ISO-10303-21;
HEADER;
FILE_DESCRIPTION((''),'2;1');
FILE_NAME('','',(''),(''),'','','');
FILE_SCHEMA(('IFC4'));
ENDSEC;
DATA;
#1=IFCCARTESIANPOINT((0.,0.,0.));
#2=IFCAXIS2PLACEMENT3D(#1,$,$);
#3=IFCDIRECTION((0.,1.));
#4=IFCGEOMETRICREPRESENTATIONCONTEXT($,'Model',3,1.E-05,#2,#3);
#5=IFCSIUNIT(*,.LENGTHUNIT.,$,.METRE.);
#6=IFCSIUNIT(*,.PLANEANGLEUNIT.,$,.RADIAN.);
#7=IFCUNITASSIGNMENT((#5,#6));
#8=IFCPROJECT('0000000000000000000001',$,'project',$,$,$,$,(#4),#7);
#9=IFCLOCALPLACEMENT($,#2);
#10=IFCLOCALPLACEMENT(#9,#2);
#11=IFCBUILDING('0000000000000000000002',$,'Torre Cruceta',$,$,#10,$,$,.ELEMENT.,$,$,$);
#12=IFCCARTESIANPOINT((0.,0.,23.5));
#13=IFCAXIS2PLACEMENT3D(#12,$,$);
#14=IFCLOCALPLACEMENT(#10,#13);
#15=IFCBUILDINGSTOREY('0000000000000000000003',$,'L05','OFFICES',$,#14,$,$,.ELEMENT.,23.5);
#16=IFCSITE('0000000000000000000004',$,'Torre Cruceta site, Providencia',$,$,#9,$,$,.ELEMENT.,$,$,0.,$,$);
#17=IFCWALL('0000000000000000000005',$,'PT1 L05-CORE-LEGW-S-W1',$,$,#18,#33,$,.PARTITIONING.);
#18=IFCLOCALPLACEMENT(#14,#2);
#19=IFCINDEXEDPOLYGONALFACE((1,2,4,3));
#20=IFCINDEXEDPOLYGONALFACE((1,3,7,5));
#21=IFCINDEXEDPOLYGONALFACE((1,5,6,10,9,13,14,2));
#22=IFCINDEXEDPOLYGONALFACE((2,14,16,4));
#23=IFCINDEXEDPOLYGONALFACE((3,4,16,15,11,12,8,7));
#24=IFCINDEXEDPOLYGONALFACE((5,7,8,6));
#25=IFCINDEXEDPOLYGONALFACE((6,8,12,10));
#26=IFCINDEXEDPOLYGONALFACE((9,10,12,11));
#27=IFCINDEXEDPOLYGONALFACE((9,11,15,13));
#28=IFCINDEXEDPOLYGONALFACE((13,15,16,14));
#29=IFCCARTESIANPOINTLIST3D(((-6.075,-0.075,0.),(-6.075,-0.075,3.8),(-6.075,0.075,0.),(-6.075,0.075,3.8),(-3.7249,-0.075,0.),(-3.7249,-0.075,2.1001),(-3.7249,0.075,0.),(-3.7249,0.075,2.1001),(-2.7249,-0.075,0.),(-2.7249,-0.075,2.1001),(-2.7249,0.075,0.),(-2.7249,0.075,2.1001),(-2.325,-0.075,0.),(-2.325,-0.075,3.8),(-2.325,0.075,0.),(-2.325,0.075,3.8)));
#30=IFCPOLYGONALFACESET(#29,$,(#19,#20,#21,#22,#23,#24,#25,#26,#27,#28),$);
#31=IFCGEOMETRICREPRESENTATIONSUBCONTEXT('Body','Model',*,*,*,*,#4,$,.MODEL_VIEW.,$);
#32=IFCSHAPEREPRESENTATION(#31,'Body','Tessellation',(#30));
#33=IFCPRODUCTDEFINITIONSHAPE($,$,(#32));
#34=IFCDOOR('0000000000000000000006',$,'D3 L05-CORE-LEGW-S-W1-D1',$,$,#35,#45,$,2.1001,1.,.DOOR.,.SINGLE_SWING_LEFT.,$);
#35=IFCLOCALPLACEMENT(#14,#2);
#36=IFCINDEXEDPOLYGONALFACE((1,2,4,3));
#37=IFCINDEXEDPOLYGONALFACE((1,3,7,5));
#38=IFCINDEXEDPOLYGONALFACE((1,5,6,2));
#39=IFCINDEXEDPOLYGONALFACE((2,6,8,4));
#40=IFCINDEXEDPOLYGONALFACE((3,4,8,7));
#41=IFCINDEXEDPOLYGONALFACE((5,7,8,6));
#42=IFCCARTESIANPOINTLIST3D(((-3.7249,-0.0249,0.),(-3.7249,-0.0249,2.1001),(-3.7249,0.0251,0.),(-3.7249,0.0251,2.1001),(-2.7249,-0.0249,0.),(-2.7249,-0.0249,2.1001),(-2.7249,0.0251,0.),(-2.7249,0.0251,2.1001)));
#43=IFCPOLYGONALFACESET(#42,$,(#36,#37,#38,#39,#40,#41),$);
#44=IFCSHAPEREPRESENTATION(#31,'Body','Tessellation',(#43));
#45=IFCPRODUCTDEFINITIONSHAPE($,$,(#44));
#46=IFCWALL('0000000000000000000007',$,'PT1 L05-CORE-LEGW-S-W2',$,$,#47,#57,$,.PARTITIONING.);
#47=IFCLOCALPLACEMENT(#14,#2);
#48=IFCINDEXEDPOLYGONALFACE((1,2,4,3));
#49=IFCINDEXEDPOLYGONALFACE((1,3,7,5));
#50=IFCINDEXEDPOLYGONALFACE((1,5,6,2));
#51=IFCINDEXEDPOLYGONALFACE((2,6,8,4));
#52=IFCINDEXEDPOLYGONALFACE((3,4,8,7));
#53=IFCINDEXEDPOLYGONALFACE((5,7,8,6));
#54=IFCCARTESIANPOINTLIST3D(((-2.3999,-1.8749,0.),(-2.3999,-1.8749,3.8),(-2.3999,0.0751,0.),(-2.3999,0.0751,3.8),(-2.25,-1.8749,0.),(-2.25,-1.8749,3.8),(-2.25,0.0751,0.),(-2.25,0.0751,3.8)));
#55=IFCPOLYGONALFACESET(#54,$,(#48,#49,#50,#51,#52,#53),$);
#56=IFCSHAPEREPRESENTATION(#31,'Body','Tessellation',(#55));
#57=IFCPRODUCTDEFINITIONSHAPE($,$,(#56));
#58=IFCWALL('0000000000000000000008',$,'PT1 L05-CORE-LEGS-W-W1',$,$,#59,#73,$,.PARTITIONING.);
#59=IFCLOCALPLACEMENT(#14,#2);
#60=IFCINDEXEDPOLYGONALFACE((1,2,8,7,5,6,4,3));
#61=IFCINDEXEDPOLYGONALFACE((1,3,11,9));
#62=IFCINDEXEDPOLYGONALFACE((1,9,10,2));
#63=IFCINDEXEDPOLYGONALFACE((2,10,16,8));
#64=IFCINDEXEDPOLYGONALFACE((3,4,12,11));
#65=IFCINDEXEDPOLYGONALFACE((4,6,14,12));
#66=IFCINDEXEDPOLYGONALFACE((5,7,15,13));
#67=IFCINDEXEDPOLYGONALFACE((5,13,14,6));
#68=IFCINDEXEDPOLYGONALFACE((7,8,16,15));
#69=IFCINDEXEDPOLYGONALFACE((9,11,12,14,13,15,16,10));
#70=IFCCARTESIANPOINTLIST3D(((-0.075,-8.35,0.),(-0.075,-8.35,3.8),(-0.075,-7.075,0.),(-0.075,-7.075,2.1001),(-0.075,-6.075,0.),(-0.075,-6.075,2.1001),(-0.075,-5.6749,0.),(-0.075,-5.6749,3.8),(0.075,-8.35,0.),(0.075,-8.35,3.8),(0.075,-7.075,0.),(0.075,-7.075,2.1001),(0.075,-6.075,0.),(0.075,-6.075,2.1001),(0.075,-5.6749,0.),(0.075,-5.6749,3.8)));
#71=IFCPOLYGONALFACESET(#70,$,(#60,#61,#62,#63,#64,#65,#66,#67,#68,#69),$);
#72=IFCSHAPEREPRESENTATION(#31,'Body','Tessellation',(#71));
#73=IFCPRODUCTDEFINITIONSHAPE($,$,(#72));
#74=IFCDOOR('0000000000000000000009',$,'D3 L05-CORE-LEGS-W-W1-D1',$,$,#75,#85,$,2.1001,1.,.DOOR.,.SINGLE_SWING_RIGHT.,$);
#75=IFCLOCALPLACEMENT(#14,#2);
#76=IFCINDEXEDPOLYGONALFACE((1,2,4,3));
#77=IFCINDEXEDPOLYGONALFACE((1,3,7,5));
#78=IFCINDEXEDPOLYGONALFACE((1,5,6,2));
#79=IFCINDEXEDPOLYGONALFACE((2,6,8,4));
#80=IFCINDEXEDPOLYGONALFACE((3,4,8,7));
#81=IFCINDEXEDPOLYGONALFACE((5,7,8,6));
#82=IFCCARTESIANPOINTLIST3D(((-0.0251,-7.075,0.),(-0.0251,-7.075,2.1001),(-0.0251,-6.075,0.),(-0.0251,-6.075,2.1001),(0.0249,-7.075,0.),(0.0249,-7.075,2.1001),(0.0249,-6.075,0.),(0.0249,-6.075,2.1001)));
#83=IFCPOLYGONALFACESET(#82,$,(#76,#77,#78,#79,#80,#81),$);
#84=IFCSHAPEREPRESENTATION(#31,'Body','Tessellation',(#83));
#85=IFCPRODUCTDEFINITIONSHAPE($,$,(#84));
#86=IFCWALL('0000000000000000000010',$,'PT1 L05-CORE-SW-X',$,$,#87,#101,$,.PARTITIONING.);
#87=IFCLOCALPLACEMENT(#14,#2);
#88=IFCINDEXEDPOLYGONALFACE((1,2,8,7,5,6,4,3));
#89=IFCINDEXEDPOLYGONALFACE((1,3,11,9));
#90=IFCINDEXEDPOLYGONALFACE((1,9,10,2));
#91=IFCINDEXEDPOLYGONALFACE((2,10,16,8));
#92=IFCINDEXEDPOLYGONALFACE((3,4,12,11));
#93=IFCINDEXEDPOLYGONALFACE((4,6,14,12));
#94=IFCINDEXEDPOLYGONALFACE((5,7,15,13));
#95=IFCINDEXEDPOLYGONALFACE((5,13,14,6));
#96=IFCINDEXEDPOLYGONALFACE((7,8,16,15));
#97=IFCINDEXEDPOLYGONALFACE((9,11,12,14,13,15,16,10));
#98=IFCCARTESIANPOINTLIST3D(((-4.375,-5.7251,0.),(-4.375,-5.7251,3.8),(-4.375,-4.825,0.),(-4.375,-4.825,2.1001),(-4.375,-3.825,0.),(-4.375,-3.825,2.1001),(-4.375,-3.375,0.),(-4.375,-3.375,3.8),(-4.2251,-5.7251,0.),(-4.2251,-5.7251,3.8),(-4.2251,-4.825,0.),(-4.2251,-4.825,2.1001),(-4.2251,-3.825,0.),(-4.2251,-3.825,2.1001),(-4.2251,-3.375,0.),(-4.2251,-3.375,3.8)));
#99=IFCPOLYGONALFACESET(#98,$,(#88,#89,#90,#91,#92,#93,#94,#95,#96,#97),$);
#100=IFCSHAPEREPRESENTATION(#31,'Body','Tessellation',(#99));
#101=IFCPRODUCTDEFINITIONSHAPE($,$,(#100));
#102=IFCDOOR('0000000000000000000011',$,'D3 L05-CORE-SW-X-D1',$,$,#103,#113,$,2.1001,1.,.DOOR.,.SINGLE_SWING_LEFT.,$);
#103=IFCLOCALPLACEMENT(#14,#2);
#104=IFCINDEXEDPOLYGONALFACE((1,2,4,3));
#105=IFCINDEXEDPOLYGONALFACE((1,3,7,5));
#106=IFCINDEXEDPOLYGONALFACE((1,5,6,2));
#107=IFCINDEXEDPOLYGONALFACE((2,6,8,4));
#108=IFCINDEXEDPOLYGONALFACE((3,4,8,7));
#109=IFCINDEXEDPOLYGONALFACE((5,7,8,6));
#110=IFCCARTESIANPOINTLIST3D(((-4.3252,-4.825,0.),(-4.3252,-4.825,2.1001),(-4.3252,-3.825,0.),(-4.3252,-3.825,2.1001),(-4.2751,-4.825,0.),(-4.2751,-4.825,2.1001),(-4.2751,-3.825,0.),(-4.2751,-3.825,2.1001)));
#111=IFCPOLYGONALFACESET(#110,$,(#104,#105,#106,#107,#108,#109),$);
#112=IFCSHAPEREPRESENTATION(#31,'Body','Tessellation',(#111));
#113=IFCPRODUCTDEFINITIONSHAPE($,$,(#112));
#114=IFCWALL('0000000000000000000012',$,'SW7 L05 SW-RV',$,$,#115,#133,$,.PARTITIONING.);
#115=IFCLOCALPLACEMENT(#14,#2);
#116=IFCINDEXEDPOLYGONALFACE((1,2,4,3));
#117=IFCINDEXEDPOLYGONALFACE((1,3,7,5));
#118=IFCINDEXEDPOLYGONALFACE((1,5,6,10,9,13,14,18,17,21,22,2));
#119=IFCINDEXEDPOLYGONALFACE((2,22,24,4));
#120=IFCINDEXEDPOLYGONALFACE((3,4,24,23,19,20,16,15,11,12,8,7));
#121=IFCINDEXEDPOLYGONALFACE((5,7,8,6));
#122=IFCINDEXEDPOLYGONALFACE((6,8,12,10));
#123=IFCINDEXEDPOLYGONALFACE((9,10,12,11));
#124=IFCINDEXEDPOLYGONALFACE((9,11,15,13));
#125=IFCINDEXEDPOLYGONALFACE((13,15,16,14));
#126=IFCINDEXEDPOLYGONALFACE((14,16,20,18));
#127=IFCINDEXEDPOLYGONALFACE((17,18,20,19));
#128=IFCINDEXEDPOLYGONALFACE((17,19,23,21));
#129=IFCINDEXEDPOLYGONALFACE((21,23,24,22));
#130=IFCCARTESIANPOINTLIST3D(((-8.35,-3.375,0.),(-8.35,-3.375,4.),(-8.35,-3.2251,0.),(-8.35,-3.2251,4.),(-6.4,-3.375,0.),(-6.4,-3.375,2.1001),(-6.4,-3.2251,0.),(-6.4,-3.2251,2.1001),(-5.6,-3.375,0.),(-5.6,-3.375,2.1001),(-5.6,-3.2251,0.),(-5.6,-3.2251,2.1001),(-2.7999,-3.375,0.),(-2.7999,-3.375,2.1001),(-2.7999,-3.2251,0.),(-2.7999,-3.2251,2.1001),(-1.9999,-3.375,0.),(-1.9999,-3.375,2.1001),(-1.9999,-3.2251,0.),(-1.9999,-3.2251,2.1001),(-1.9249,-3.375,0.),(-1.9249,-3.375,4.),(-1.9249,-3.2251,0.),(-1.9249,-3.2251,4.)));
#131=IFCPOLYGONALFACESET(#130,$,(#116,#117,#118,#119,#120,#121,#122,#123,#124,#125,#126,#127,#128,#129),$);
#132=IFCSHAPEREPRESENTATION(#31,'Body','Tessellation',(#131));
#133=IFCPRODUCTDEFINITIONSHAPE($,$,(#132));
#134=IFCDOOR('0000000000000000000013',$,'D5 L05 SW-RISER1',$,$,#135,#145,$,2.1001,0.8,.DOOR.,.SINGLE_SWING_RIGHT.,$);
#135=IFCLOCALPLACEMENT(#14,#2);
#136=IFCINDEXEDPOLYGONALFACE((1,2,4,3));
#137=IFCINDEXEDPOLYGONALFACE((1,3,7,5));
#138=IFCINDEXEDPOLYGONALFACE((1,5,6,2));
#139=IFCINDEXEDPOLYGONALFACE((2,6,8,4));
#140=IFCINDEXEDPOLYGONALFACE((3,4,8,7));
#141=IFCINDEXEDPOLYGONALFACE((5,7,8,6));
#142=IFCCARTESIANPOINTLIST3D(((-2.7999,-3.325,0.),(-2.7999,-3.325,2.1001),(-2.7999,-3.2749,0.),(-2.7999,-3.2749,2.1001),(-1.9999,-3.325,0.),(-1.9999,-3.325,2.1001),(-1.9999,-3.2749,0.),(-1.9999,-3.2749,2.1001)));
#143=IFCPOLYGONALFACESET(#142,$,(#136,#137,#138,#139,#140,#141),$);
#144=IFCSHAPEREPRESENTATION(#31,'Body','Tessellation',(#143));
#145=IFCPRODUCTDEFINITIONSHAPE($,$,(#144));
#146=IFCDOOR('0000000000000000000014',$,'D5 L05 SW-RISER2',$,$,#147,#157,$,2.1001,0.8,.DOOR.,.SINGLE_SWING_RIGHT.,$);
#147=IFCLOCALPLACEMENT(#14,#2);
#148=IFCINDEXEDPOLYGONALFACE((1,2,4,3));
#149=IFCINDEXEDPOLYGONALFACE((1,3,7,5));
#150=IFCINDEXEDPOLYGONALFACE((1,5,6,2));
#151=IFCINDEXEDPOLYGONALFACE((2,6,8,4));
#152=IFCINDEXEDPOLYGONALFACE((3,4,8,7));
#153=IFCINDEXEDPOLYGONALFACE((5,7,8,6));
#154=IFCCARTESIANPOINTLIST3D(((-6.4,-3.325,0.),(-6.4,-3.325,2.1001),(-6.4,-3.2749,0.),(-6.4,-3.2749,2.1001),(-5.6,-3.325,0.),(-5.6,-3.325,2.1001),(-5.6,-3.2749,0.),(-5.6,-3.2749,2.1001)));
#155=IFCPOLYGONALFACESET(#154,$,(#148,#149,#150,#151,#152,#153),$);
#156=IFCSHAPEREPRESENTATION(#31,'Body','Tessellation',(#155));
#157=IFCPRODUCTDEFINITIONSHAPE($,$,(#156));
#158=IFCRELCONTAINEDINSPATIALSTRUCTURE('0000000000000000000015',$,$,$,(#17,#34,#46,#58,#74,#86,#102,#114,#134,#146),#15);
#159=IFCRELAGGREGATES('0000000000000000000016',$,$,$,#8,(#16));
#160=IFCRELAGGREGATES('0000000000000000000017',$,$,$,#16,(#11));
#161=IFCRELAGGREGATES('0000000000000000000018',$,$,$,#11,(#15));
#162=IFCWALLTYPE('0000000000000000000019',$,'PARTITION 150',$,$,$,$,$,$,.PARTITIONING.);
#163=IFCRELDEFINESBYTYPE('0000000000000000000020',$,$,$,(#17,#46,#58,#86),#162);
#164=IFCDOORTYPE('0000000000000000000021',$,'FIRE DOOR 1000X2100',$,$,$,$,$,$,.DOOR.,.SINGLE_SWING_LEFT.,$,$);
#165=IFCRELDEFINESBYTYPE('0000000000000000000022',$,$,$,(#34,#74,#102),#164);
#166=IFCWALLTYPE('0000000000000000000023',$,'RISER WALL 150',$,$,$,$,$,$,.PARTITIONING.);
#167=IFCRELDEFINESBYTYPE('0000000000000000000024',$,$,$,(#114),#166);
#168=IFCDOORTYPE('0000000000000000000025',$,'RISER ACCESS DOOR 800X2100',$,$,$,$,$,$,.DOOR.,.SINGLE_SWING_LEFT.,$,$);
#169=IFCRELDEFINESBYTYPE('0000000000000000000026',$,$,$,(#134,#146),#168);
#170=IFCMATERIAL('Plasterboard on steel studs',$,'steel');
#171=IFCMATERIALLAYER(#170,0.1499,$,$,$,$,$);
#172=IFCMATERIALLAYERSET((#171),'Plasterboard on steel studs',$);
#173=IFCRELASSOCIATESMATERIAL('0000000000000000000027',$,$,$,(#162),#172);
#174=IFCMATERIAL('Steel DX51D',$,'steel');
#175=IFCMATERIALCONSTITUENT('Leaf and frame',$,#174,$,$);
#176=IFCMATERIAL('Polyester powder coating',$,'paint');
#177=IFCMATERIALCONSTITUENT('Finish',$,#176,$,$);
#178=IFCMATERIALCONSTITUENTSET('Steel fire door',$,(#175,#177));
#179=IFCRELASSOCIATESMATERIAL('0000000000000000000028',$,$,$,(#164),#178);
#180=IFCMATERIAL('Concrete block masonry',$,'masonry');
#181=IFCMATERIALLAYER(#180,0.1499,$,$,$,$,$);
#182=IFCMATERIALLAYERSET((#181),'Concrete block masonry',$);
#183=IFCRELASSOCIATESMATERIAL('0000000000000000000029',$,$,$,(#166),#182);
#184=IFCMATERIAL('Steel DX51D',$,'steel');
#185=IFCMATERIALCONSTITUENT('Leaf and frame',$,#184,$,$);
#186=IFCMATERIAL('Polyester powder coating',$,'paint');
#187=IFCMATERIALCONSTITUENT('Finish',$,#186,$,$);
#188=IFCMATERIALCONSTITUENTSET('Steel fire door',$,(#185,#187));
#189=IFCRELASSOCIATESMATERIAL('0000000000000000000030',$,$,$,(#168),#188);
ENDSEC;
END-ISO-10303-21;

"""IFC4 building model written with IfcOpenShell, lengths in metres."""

from ifc_helpers import new_model, si_unit, direction, frame, frame_2d, origin, place, context, subcontext, project, spatial, rectangle, extrude, material, layer, layer_set, constituent, constituent_set, type_object, element, fill, save


model = new_model("IFC4")

# Units and contexts
model_context = context("Model", 3, precision=1e-05, world=origin(), true_north=direction((0.0, 1.0)))
body_context = subcontext(model_context, "Body", "Model", "MODEL_VIEW")
ifc_project = project(units=[si_unit("LENGTHUNIT", "METRE"), si_unit("PLANEANGLEUNIT", "RADIAN")], contexts=[model_context])

# Site, building, storey
site_placement = place(None, origin())
site = spatial("IfcSite", under=ifc_project, at=site_placement, Name="Torre Cruceta site, Providencia", CompositionType="ELEMENT", RefElevation=0.0)
building_placement = place(site_placement, origin())
building = spatial("IfcBuilding", under=site, at=building_placement, Name="Torre Cruceta", CompositionType="ELEMENT")
storey_placement = place(building_placement, frame((0.0, 0.0, 23.5)))
storey = spatial("IfcBuildingStorey", under=building, at=storey_placement, Name="L05", Description="OFFICES", CompositionType="ELEMENT", Elevation=23.5)

# Wall, opening, door
ifc_material_1 = material(Name="Plasterboard on steel studs", Category="steel")
ifc_layer_1 = layer(ifc_material_1, 0.1499)
ifc_layer_set_1 = layer_set([ifc_layer_1], Name="Plasterboard on steel studs")
wall_type_1 = type_object("IfcWallType", Name="PARTITION 150", PredefinedType="PARTITIONING", material=ifc_layer_set_1)
wall_1_placement = place(storey_placement, frame((-2.325, 0.0, 0.0), z_axis=(0.0, 0.0, 1.0), x_axis=(-1.0, 0.0, 0.0)))
wall_1 = element("IfcWall", 1, at=wall_1_placement, inside=storey, type_object=wall_type_1, Name="PT1 L05-CORE-LEGW-S-W1", PredefinedType="PARTITIONING", context=body_context, shape_type="SweptSolid", body=[
    extrude(rectangle(XDim=3.75, YDim=0.1499, at=frame_2d((1.875, 0.0))), origin(), (0.0, 0.0, 1.0), 3.8),
])
opening_1_placement = place(wall_1_placement, frame((0.3999, 0.0, 0.0)))
opening_1 = element("IfcOpeningElement", 2, at=opening_1_placement, cuts=wall_1, PredefinedType="OPENING", context=body_context, shape_type="SweptSolid", body=[
    extrude(rectangle(XDim=1.0, YDim=2.1001, at=frame_2d((0.5, 1.05))), frame((0.0, 0.085, 0.0), z_axis=(0.0, -1.0, 0.0), x_axis=(1.0, 0.0, 0.0)), (0.0, 0.0, 1.0), 0.1699),
])
ifc_material_2 = material(Name="Steel DX51D", Category="steel")
ifc_constituent_1 = constituent(ifc_material_2, Name="Leaf and frame")
ifc_material_3 = material(Name="Polyester powder coating", Category="paint")
ifc_constituent_2 = constituent(ifc_material_3, Name="Finish")
ifc_constituent_set_1 = constituent_set(constituents=[ifc_constituent_1, ifc_constituent_2], Name="Steel fire door")
door_type_1 = type_object("IfcDoorType", Name="FIRE DOOR 1000X2100", OperationType="SINGLE_SWING_LEFT", PredefinedType="DOOR", material=ifc_constituent_set_1)
door_1_placement = place(opening_1_placement, origin())
door_1 = element("IfcDoor", 3, at=door_1_placement, inside=storey, type_object=door_type_1, Name="D3 L05-CORE-LEGW-S-W1-D1", OperationType="SINGLE_SWING_LEFT", OverallHeight=2.1001, OverallWidth=1.0, PredefinedType="DOOR", context=body_context, shape_type="SweptSolid", body=[
    extrude(rectangle(XDim=1.0, YDim=2.1001, at=frame_2d((0.5, 1.05))), frame((0.0, 0.0249, 0.0), z_axis=(0.0, -1.0, 0.0), x_axis=(1.0, 0.0, 0.0)), (0.0, 0.0, 1.0), 0.05),
])
fill(opening_1, door_1)

# Wall
wall_2_placement = place(storey_placement, frame((-2.325, -1.875, 0.0), z_axis=(0.0, 0.0, 1.0), x_axis=(0.0, 1.0, 0.0)))
element("IfcWall", 4, at=wall_2_placement, inside=storey, type_object=wall_type_1, Name="PT1 L05-CORE-LEGW-S-W2", PredefinedType="PARTITIONING", context=body_context, shape_type="SweptSolid", body=[
    extrude(rectangle(XDim=1.95, YDim=0.1499, at=frame_2d((0.9751, 0.0))), origin(), (0.0, 0.0, 1.0), 3.8),
])

# Walls, openings, doors
wall_3_placement = place(storey_placement, frame((0.0, -5.675, 0.0), z_axis=(0.0, 0.0, 1.0), x_axis=(0.0, -1.0, 0.0)))
wall_3 = element("IfcWall", 5, at=wall_3_placement, inside=storey, type_object=wall_type_1, Name="PT1 L05-CORE-LEGS-W-W1", PredefinedType="PARTITIONING", context=body_context, shape_type="SweptSolid", body=[
    extrude(rectangle(XDim=2.675, YDim=0.1499, at=frame_2d((1.3374, 0.0))), origin(), (0.0, 0.0, 1.0), 3.8),
])
opening_2_placement = place(wall_3_placement, frame((0.3999, 0.0, 0.0)))
opening_2 = element("IfcOpeningElement", 6, at=opening_2_placement, cuts=wall_3, PredefinedType="OPENING", context=body_context, shape_type="SweptSolid", body=[
    extrude(rectangle(XDim=1.0, YDim=2.1001, at=frame_2d((0.5, 1.05))), frame((0.0, 0.085, 0.0), z_axis=(0.0, -1.0, 0.0), x_axis=(1.0, 0.0, 0.0)), (0.0, 0.0, 1.0), 0.1699),
])
door_2_placement = place(opening_2_placement, frame((1.0, 0.0, 0.0), z_axis=(0.0, 0.0, 1.0), x_axis=(-1.0, 0.0, 0.0)))
door_2 = element("IfcDoor", 7, at=door_2_placement, inside=storey, type_object=door_type_1, Name="D3 L05-CORE-LEGS-W-W1-D1", OperationType="SINGLE_SWING_RIGHT", OverallHeight=2.1001, OverallWidth=1.0, PredefinedType="DOOR", context=body_context, shape_type="SweptSolid", body=[
    extrude(rectangle(XDim=1.0, YDim=2.1001, at=frame_2d((0.5, 1.05))), frame((0.0, 0.0251, 0.0), z_axis=(0.0, -1.0, 0.0), x_axis=(1.0, 0.0, 0.0)), (0.0, 0.0, 1.0), 0.05),
])
fill(opening_2, door_2)
wall_4_placement = place(storey_placement, frame((-4.3, -3.375, 0.0), z_axis=(0.0, 0.0, 1.0), x_axis=(0.0, -1.0, 0.0)))
wall_4 = element("IfcWall", 8, at=wall_4_placement, inside=storey, type_object=wall_type_1, Name="PT1 L05-CORE-SW-X", PredefinedType="PARTITIONING", context=body_context, shape_type="SweptSolid", body=[
    extrude(rectangle(XDim=2.3501, YDim=0.1499, at=frame_2d((1.175, 0.0))), origin(), (0.0, 0.0, 1.0), 3.8),
])
opening_3_placement = place(wall_4_placement, frame((0.45, 0.0, 0.0)))
opening_3 = element("IfcOpeningElement", 9, at=opening_3_placement, cuts=wall_4, PredefinedType="OPENING", context=body_context, shape_type="SweptSolid", body=[
    extrude(rectangle(XDim=1.0, YDim=2.1001, at=frame_2d((0.5, 1.05))), frame((0.0, 0.085, 0.0), z_axis=(0.0, -1.0, 0.0), x_axis=(1.0, 0.0, 0.0)), (0.0, 0.0, 1.0), 0.1699),
])
door_3_placement = place(opening_3_placement, origin())
door_3 = element("IfcDoor", 10, at=door_3_placement, inside=storey, type_object=door_type_1, Name="D3 L05-CORE-SW-X-D1", OperationType="SINGLE_SWING_LEFT", OverallHeight=2.1001, OverallWidth=1.0, PredefinedType="DOOR", context=body_context, shape_type="SweptSolid", body=[
    extrude(rectangle(XDim=1.0, YDim=2.1001, at=frame_2d((0.5, 1.05))), frame((0.0, 0.0249, 0.0), z_axis=(0.0, -1.0, 0.0), x_axis=(1.0, 0.0, 0.0)), (0.0, 0.0, 1.0), 0.05),
])
fill(opening_3, door_3)

# Wall, openings, doors
ifc_material_4 = material(Name="Concrete block masonry", Category="masonry")
ifc_layer_2 = layer(ifc_material_4, 0.1499)
ifc_layer_set_2 = layer_set([ifc_layer_2], Name="Concrete block masonry")
wall_type_2 = type_object("IfcWallType", Name="RISER WALL 150", PredefinedType="PARTITIONING", material=ifc_layer_set_2)
wall_5_placement = place(storey_placement, frame((-1.925, -3.3, 0.0), z_axis=(0.0, 0.0, 1.0), x_axis=(-1.0, 0.0, 0.0)))
wall_5 = element("IfcWall", 11, at=wall_5_placement, inside=storey, type_object=wall_type_2, Name="SW7 L05 SW-RV", PredefinedType="PARTITIONING", context=body_context, shape_type="SweptSolid", body=[
    extrude(rectangle(XDim=6.425, YDim=0.1499, at=frame_2d((3.2124, 0.0))), origin(), (0.0, 0.0, 1.0), 4.0),
])
opening_4_placement = place(wall_5_placement, frame((0.075, 0.0, 0.0)))
opening_4 = element("IfcOpeningElement", 12, at=opening_4_placement, cuts=wall_5, PredefinedType="OPENING", context=body_context, shape_type="SweptSolid", body=[
    extrude(rectangle(XDim=0.8, YDim=2.1001, at=frame_2d((0.3999, 1.05))), frame((0.0, 0.085, 0.0), z_axis=(0.0, -1.0, 0.0), x_axis=(1.0, 0.0, 0.0)), (0.0, 0.0, 1.0), 0.1699),
])
opening_5_placement = place(wall_5_placement, frame((3.675, 0.0, 0.0)))
opening_5 = element("IfcOpeningElement", 13, at=opening_5_placement, cuts=wall_5, PredefinedType="OPENING", context=body_context, shape_type="SweptSolid", body=[
    extrude(rectangle(XDim=0.8, YDim=2.1001, at=frame_2d((0.3999, 1.05))), frame((0.0, 0.085, 0.0), z_axis=(0.0, -1.0, 0.0), x_axis=(1.0, 0.0, 0.0)), (0.0, 0.0, 1.0), 0.1699),
])
ifc_material_5 = material(Name="Steel DX51D", Category="steel")
ifc_constituent_3 = constituent(ifc_material_5, Name="Leaf and frame")
ifc_material_6 = material(Name="Polyester powder coating", Category="paint")
ifc_constituent_4 = constituent(ifc_material_6, Name="Finish")
ifc_constituent_set_2 = constituent_set(constituents=[ifc_constituent_3, ifc_constituent_4], Name="Steel fire door")
door_type_2 = type_object("IfcDoorType", Name="RISER ACCESS DOOR 800X2100", OperationType="SINGLE_SWING_LEFT", PredefinedType="DOOR", material=ifc_constituent_set_2)
door_4_placement = place(opening_4_placement, frame((0.8, 0.0, 0.0), z_axis=(0.0, 0.0, 1.0), x_axis=(-1.0, 0.0, 0.0)))
door_4 = element("IfcDoor", 14, at=door_4_placement, inside=storey, type_object=door_type_2, Name="D5 L05 SW-RISER1", OperationType="SINGLE_SWING_RIGHT", OverallHeight=2.1001, OverallWidth=0.8, PredefinedType="DOOR", context=body_context, shape_type="SweptSolid", body=[
    extrude(rectangle(XDim=0.8, YDim=2.1001, at=frame_2d((0.4001, 1.05))), frame((0.0, 0.0251, 0.0), z_axis=(0.0, -1.0, 0.0), x_axis=(1.0, 0.0, 0.0)), (0.0, 0.0, 1.0), 0.05),
])
fill(opening_4, door_4)
door_5_placement = place(opening_5_placement, frame((0.8, 0.0, 0.0), z_axis=(0.0, 0.0, 1.0), x_axis=(-1.0, 0.0, 0.0)))
door_5 = element("IfcDoor", 15, at=door_5_placement, inside=storey, type_object=door_type_2, Name="D5 L05 SW-RISER2", OperationType="SINGLE_SWING_RIGHT", OverallHeight=2.1001, OverallWidth=0.8, PredefinedType="DOOR", context=body_context, shape_type="SweptSolid", body=[
    extrude(rectangle(XDim=0.8, YDim=2.1001, at=frame_2d((0.4001, 1.05))), frame((0.0, 0.0251, 0.0), z_axis=(0.0, -1.0, 0.0), x_axis=(1.0, 0.0, 0.0)), (0.0, 0.0, 1.0), 0.05),
])
fill(opening_5, door_5)

save(model, "model.ifc")
